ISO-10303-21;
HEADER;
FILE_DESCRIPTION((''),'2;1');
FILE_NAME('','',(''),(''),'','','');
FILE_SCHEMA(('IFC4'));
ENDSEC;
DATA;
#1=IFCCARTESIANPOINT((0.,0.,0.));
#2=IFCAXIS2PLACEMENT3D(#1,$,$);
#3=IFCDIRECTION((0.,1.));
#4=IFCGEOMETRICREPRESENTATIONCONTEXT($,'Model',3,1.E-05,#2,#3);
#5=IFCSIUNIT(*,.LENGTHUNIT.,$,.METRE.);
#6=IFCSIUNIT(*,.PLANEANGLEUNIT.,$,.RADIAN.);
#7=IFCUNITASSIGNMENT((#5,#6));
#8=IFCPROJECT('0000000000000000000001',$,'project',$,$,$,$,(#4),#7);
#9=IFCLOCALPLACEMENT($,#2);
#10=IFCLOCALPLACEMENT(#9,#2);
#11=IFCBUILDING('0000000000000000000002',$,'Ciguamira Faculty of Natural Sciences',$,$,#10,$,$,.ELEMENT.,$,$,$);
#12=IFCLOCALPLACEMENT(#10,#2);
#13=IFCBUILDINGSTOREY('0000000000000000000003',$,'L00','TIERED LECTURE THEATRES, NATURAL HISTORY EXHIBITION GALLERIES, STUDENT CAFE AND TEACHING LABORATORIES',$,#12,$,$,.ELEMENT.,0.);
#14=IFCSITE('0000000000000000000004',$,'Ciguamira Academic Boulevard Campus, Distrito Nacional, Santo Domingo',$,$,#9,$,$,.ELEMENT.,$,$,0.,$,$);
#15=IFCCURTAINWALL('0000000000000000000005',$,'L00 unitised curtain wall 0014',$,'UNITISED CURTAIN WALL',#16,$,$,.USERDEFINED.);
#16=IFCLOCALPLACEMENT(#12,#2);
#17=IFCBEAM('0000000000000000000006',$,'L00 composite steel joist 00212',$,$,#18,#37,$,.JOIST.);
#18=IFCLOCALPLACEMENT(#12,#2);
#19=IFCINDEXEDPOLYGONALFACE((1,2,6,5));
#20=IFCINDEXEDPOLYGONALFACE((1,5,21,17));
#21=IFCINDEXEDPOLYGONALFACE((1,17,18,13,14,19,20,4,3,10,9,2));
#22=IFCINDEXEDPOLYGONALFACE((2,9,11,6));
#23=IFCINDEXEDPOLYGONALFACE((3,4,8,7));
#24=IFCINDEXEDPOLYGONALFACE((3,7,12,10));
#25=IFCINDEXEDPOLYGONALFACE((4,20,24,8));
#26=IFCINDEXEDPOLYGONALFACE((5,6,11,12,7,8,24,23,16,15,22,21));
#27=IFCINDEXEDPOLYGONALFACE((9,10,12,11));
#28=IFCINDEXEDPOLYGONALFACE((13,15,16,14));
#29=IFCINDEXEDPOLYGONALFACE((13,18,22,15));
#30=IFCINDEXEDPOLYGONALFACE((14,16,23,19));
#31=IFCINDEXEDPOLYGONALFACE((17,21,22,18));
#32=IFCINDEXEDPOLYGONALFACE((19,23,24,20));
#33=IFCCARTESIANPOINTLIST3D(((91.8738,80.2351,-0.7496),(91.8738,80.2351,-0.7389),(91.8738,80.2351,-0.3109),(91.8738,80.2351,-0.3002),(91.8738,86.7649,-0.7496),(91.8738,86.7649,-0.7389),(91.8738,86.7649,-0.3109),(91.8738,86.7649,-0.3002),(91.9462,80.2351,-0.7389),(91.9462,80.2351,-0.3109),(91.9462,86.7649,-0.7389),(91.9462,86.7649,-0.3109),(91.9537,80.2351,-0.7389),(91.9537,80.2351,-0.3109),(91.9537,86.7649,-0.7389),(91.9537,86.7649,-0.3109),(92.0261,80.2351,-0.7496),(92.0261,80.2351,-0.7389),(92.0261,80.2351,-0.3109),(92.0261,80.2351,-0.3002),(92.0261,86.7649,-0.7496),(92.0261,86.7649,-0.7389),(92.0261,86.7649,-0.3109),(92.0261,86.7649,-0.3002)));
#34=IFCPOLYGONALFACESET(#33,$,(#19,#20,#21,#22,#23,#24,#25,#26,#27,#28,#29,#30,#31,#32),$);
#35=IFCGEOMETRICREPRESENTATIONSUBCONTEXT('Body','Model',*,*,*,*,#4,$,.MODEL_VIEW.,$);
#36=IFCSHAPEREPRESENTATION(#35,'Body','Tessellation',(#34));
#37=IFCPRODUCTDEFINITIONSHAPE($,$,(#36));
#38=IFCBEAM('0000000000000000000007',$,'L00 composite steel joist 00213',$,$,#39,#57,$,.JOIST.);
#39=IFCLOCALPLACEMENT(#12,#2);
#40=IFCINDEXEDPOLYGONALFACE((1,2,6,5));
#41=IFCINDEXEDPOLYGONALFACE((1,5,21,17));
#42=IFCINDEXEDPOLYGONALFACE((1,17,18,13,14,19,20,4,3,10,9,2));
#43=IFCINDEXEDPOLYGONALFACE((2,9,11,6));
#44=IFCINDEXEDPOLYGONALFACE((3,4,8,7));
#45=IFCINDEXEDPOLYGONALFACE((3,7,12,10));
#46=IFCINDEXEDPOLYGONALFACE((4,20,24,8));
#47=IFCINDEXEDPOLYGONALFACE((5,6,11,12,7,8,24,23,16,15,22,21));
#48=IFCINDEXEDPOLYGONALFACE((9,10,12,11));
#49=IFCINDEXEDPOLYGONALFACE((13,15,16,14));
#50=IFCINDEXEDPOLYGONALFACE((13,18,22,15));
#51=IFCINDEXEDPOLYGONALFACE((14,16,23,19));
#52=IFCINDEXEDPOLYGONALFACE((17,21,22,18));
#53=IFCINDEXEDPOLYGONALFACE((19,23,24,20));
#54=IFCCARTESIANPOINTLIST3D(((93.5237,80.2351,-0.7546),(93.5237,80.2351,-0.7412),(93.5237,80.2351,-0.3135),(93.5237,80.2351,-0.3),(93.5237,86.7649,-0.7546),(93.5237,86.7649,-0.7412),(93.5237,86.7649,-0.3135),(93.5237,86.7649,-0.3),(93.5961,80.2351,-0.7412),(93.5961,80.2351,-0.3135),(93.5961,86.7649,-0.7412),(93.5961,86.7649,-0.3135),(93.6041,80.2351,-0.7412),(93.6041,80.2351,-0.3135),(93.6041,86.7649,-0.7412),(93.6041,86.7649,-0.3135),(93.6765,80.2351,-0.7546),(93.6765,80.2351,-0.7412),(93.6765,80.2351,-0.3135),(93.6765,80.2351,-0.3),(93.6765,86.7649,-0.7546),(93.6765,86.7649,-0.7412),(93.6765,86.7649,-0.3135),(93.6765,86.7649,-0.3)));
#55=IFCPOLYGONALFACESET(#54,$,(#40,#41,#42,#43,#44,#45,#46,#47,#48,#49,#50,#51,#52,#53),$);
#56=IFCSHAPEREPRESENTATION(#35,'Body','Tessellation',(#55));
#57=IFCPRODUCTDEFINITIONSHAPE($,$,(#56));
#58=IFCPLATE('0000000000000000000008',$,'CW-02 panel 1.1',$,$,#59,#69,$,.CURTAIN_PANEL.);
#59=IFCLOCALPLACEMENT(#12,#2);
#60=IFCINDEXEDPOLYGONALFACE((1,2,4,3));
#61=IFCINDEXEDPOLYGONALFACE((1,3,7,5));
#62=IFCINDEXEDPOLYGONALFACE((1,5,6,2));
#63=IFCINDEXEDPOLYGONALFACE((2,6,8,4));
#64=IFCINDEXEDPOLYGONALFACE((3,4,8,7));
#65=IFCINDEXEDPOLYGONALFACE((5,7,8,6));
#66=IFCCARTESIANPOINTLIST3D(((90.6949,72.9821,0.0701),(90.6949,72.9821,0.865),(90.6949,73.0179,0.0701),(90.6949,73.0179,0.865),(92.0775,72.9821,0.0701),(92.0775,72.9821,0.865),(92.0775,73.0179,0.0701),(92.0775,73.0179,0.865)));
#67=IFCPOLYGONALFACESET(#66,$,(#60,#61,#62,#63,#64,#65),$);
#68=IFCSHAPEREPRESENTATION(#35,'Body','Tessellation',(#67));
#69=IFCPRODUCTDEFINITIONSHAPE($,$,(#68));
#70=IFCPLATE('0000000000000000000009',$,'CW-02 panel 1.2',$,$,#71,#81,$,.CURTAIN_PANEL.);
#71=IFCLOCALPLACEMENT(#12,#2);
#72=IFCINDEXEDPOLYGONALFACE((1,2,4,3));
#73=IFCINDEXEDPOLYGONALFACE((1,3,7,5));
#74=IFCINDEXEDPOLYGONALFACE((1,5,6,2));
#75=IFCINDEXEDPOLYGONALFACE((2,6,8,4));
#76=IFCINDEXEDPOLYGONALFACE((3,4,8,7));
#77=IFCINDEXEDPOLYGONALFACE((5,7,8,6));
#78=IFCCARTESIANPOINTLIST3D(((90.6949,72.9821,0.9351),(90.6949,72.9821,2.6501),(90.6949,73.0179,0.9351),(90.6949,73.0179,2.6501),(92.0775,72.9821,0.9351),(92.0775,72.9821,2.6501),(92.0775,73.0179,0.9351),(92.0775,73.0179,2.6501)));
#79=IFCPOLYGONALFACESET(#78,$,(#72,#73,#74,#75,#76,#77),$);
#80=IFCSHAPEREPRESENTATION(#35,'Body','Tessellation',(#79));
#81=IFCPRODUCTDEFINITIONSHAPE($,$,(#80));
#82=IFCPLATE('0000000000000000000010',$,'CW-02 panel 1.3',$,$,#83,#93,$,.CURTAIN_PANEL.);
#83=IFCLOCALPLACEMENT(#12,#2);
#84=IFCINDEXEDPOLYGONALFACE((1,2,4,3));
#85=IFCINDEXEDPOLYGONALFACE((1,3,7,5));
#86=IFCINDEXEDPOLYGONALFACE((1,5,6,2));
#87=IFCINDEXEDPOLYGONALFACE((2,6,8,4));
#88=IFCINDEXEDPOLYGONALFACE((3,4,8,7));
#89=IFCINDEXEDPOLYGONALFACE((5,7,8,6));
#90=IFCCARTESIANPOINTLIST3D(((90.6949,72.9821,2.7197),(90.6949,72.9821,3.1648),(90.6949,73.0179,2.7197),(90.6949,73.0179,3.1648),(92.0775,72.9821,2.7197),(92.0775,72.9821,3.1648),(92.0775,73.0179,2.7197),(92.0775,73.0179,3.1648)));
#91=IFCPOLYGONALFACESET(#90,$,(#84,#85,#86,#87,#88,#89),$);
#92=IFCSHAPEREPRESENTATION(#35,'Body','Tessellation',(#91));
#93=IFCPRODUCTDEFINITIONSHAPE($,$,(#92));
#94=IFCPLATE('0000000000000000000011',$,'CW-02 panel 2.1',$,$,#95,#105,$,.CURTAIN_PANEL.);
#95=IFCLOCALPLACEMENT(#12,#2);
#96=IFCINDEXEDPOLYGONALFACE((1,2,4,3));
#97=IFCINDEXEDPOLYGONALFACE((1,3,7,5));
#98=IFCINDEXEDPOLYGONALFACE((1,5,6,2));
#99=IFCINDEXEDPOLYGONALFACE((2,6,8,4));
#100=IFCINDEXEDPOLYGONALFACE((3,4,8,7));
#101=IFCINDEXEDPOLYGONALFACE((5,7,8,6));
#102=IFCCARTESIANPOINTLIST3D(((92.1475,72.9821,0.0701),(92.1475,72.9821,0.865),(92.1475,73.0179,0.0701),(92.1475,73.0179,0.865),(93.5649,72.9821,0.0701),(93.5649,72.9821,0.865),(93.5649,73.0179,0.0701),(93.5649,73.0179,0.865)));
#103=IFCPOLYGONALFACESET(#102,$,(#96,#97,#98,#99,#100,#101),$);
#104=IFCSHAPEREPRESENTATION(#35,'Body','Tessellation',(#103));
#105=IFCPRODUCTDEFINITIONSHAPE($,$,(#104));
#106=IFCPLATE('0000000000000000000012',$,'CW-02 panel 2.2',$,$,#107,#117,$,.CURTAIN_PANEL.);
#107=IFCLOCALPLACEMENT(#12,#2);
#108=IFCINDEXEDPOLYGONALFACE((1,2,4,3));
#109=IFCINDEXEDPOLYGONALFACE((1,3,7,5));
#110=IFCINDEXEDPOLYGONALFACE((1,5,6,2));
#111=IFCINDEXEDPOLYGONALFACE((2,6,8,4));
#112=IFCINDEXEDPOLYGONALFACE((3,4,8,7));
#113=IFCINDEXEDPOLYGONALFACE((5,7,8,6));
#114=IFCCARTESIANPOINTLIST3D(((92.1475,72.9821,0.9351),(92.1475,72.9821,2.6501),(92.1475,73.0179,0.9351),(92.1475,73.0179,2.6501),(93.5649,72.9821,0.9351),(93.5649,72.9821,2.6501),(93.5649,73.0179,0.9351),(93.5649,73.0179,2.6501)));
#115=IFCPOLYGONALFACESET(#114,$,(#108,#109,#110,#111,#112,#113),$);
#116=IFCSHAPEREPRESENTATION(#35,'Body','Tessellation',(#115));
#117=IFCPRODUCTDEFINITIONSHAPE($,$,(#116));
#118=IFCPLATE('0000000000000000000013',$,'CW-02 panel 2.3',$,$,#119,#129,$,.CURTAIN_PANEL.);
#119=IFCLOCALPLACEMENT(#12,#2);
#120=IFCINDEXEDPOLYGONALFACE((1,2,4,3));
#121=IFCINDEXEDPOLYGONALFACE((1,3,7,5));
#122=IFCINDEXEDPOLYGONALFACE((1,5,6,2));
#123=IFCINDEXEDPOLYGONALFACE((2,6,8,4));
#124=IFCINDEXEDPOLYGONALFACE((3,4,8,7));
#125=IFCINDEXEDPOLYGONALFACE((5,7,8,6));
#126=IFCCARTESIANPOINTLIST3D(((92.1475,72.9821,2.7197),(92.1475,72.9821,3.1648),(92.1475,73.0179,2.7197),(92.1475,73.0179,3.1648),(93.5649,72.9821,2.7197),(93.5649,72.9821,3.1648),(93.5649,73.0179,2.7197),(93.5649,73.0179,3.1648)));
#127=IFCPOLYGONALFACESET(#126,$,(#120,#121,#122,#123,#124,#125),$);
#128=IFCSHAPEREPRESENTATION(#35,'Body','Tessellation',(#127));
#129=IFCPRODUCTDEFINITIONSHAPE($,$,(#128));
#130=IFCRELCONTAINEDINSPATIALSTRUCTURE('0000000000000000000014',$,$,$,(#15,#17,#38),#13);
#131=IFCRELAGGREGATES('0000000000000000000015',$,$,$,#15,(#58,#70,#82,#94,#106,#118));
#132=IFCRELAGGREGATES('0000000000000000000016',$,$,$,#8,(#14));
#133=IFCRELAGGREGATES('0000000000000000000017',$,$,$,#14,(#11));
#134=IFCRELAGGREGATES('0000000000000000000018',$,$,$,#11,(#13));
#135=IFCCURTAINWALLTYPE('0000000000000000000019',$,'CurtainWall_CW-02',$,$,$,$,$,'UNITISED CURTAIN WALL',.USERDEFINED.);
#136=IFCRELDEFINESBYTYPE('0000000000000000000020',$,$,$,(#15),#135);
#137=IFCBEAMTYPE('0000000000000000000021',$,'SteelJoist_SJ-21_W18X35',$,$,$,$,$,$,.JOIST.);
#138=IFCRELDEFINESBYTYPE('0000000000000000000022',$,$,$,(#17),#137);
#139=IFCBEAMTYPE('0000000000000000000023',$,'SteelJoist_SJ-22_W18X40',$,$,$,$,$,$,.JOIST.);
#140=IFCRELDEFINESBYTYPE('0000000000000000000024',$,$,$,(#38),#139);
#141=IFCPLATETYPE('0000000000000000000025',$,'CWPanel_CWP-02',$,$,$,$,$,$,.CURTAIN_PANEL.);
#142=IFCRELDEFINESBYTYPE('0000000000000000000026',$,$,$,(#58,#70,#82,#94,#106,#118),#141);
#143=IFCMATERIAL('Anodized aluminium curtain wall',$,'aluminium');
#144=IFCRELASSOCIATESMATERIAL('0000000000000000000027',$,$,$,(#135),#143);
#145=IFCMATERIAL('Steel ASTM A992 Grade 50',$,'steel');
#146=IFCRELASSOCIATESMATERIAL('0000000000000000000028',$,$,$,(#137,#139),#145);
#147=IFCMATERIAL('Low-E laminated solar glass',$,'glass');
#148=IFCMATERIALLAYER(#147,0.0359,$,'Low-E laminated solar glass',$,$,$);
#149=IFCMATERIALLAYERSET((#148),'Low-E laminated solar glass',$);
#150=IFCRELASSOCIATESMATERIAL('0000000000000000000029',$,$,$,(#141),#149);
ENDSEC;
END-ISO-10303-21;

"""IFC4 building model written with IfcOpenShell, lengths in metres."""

from ifc_helpers import new_model, si_unit, direction, frame, origin, origin_2d, place, context, subcontext, project, spatial, rectangle, i_section, extrude, material, layer, layer_set, material_profile, profile_set, type_object, element, aggregate, save


model = new_model("IFC4")

# Units and contexts
model_context = context("Model", 3, precision=1e-05, world=origin(), true_north=direction((0.0, 1.0)))
body_context = subcontext(model_context, "Body", "Model", "MODEL_VIEW")
ifc_project = project(units=[si_unit("LENGTHUNIT", "METRE"), si_unit("PLANEANGLEUNIT", "RADIAN")], contexts=[model_context])

# Site, building, storey
site_placement = place(None, origin())
site = spatial("IfcSite", under=ifc_project, at=site_placement, Name="Ciguamira Academic Boulevard Campus, Distrito Nacional, Santo Domingo", CompositionType="ELEMENT", RefElevation=0.0)
building_placement = place(site_placement, origin())
building = spatial("IfcBuilding", under=site, at=building_placement, Name="Ciguamira Faculty of Natural Sciences", CompositionType="ELEMENT")
storey_placement = place(building_placement, origin())
storey = spatial("IfcBuildingStorey", under=building, at=storey_placement, Name="L00", Description="TIERED LECTURE THEATRES, NATURAL HISTORY EXHIBITION GALLERIES, STUDENT CAFE AND TEACHING LABORATORIES", CompositionType="ELEMENT", Elevation=0.0)

# Curtain wall
ifc_material_1 = material(Name="Anodized aluminium curtain wall", Category="aluminium")
curtain_wall_type = type_object("IfcCurtainWallType", Name="CurtainWall_CW-02", ElementType="UNITISED CURTAIN WALL", PredefinedType="USERDEFINED", material=ifc_material_1)
curtain_wall_placement = place(storey_placement, origin())
curtain_wall = element("IfcCurtainWall", 1, at=curtain_wall_placement, inside=storey, type_object=curtain_wall_type, Name="L00 unitised curtain wall 0014", ObjectType="UNITISED CURTAIN WALL", PredefinedType="USERDEFINED")

# Beams
ifc_material_2 = material(Name="Steel ASTM A992 Grade 50", Category="steel")
ifc_material_profile_1 = material_profile(ifc_material_2, i_section(OverallWidth=0.1523, OverallDepth=0.4495, WebThickness=0.0076, FlangeThickness=0.0107, at=origin_2d()), Name="W18X35")
ifc_profile_set_1 = profile_set([ifc_material_profile_1], Name="Steel ASTM A992 Grade 50")
beam_type_1 = type_object("IfcBeamType", Name="SteelJoist_SJ-21_W18X35", PredefinedType="JOIST", material=ifc_profile_set_1)
beam_1_placement = place(storey_placement, frame((91.95, 80.2351, -0.5249), z_axis=(0.0, 1.0, 0.0), x_axis=(-1.0, 0.0, 0.0)))
element("IfcBeam", 2, at=beam_1_placement, inside=storey, type_object=beam_type_1, Name="L00 composite steel joist 00212", PredefinedType="JOIST", context=body_context, shape_type="SweptSolid", body=[
    extrude(i_section(OverallWidth=0.1523, OverallDepth=0.4495, WebThickness=0.0076, FlangeThickness=0.0107, at=origin_2d()), origin(), (0.0, 0.0, 1.0), 6.5298),
])
ifc_material_profile_2 = material_profile(ifc_material_2, i_section(OverallWidth=0.1528, OverallDepth=0.4546, WebThickness=0.0081, FlangeThickness=0.0134, at=origin_2d()), Name="W18X40")
ifc_profile_set_2 = profile_set([ifc_material_profile_2], Name="Steel ASTM A992 Grade 50")
beam_type_2 = type_object("IfcBeamType", Name="SteelJoist_SJ-22_W18X40", PredefinedType="JOIST", material=ifc_profile_set_2)
beam_2_placement = place(storey_placement, frame((93.6001, 80.2351, -0.5273), z_axis=(0.0, 1.0, 0.0), x_axis=(-1.0, 0.0, 0.0)))
element("IfcBeam", 3, at=beam_2_placement, inside=storey, type_object=beam_type_2, Name="L00 composite steel joist 00213", PredefinedType="JOIST", context=body_context, shape_type="SweptSolid", body=[
    extrude(i_section(OverallWidth=0.1528, OverallDepth=0.4546, WebThickness=0.0081, FlangeThickness=0.0134, at=origin_2d()), origin(), (0.0, 0.0, 1.0), 6.5298),
])

# Plates
ifc_material_3 = material(Name="Low-E laminated solar glass", Category="glass")
ifc_layer = layer(ifc_material_3, 0.0359, Name="Low-E laminated solar glass")
ifc_layer_set = layer_set([ifc_layer], Name="Low-E laminated solar glass")
plate_type = type_object("IfcPlateType", Name="CWPanel_CWP-02", PredefinedType="CURTAIN_PANEL", material=ifc_layer_set)
plate_1_placement = place(storey_placement, frame((91.3862, 73.0, 0.0701), z_axis=(0.0, 0.0, 1.0), x_axis=(1.0, 0.0, 0.0)))
plate_1 = element("IfcPlate", 4, at=plate_1_placement, type_object=plate_type, Name="CW-02 panel 1.1", PredefinedType="CURTAIN_PANEL", context=body_context, shape_type="SweptSolid", body=[
    extrude(rectangle(XDim=1.3826, YDim=0.0359, at=origin_2d()), origin(), (0.0, 0.0, 1.0), 0.7949),
])
plate_2_placement = place(storey_placement, frame((91.3862, 73.0, 0.9351), z_axis=(0.0, 0.0, 1.0), x_axis=(1.0, 0.0, 0.0)))
plate_2 = element("IfcPlate", 5, at=plate_2_placement, type_object=plate_type, Name="CW-02 panel 1.2", PredefinedType="CURTAIN_PANEL", context=body_context, shape_type="SweptSolid", body=[
    extrude(rectangle(XDim=1.3826, YDim=0.0359, at=origin_2d()), origin(), (0.0, 0.0, 1.0), 1.7151),
])
plate_3_placement = place(storey_placement, frame((91.3862, 73.0, 2.7197), z_axis=(0.0, 0.0, 1.0), x_axis=(1.0, 0.0, 0.0)))
plate_3 = element("IfcPlate", 6, at=plate_3_placement, type_object=plate_type, Name="CW-02 panel 1.3", PredefinedType="CURTAIN_PANEL", context=body_context, shape_type="SweptSolid", body=[
    extrude(rectangle(XDim=1.3826, YDim=0.0359, at=origin_2d()), origin(), (0.0, 0.0, 1.0), 0.4451),
])
plate_4_placement = place(storey_placement, frame((92.8562, 73.0, 0.0701), z_axis=(0.0, 0.0, 1.0), x_axis=(1.0, 0.0, 0.0)))
plate_4 = element("IfcPlate", 7, at=plate_4_placement, type_object=plate_type, Name="CW-02 panel 2.1", PredefinedType="CURTAIN_PANEL", context=body_context, shape_type="SweptSolid", body=[
    extrude(rectangle(XDim=1.4175, YDim=0.0359, at=origin_2d()), origin(), (0.0, 0.0, 1.0), 0.7949),
])
plate_5_placement = place(storey_placement, frame((92.8562, 73.0, 0.9351), z_axis=(0.0, 0.0, 1.0), x_axis=(1.0, 0.0, 0.0)))
plate_5 = element("IfcPlate", 8, at=plate_5_placement, type_object=plate_type, Name="CW-02 panel 2.2", PredefinedType="CURTAIN_PANEL", context=body_context, shape_type="SweptSolid", body=[
    extrude(rectangle(XDim=1.4175, YDim=0.0359, at=origin_2d()), origin(), (0.0, 0.0, 1.0), 1.7151),
])
plate_6_placement = place(storey_placement, frame((92.8562, 73.0, 2.7197), z_axis=(0.0, 0.0, 1.0), x_axis=(1.0, 0.0, 0.0)))
plate_6 = element("IfcPlate", 9, at=plate_6_placement, type_object=plate_type, Name="CW-02 panel 2.3", PredefinedType="CURTAIN_PANEL", context=body_context, shape_type="SweptSolid", body=[
    extrude(rectangle(XDim=1.4175, YDim=0.0359, at=origin_2d()), origin(), (0.0, 0.0, 1.0), 0.4451),
])
aggregate(curtain_wall, [plate_1, plate_2, plate_3, plate_4, plate_5, plate_6])

save(model, "model.ifc")
